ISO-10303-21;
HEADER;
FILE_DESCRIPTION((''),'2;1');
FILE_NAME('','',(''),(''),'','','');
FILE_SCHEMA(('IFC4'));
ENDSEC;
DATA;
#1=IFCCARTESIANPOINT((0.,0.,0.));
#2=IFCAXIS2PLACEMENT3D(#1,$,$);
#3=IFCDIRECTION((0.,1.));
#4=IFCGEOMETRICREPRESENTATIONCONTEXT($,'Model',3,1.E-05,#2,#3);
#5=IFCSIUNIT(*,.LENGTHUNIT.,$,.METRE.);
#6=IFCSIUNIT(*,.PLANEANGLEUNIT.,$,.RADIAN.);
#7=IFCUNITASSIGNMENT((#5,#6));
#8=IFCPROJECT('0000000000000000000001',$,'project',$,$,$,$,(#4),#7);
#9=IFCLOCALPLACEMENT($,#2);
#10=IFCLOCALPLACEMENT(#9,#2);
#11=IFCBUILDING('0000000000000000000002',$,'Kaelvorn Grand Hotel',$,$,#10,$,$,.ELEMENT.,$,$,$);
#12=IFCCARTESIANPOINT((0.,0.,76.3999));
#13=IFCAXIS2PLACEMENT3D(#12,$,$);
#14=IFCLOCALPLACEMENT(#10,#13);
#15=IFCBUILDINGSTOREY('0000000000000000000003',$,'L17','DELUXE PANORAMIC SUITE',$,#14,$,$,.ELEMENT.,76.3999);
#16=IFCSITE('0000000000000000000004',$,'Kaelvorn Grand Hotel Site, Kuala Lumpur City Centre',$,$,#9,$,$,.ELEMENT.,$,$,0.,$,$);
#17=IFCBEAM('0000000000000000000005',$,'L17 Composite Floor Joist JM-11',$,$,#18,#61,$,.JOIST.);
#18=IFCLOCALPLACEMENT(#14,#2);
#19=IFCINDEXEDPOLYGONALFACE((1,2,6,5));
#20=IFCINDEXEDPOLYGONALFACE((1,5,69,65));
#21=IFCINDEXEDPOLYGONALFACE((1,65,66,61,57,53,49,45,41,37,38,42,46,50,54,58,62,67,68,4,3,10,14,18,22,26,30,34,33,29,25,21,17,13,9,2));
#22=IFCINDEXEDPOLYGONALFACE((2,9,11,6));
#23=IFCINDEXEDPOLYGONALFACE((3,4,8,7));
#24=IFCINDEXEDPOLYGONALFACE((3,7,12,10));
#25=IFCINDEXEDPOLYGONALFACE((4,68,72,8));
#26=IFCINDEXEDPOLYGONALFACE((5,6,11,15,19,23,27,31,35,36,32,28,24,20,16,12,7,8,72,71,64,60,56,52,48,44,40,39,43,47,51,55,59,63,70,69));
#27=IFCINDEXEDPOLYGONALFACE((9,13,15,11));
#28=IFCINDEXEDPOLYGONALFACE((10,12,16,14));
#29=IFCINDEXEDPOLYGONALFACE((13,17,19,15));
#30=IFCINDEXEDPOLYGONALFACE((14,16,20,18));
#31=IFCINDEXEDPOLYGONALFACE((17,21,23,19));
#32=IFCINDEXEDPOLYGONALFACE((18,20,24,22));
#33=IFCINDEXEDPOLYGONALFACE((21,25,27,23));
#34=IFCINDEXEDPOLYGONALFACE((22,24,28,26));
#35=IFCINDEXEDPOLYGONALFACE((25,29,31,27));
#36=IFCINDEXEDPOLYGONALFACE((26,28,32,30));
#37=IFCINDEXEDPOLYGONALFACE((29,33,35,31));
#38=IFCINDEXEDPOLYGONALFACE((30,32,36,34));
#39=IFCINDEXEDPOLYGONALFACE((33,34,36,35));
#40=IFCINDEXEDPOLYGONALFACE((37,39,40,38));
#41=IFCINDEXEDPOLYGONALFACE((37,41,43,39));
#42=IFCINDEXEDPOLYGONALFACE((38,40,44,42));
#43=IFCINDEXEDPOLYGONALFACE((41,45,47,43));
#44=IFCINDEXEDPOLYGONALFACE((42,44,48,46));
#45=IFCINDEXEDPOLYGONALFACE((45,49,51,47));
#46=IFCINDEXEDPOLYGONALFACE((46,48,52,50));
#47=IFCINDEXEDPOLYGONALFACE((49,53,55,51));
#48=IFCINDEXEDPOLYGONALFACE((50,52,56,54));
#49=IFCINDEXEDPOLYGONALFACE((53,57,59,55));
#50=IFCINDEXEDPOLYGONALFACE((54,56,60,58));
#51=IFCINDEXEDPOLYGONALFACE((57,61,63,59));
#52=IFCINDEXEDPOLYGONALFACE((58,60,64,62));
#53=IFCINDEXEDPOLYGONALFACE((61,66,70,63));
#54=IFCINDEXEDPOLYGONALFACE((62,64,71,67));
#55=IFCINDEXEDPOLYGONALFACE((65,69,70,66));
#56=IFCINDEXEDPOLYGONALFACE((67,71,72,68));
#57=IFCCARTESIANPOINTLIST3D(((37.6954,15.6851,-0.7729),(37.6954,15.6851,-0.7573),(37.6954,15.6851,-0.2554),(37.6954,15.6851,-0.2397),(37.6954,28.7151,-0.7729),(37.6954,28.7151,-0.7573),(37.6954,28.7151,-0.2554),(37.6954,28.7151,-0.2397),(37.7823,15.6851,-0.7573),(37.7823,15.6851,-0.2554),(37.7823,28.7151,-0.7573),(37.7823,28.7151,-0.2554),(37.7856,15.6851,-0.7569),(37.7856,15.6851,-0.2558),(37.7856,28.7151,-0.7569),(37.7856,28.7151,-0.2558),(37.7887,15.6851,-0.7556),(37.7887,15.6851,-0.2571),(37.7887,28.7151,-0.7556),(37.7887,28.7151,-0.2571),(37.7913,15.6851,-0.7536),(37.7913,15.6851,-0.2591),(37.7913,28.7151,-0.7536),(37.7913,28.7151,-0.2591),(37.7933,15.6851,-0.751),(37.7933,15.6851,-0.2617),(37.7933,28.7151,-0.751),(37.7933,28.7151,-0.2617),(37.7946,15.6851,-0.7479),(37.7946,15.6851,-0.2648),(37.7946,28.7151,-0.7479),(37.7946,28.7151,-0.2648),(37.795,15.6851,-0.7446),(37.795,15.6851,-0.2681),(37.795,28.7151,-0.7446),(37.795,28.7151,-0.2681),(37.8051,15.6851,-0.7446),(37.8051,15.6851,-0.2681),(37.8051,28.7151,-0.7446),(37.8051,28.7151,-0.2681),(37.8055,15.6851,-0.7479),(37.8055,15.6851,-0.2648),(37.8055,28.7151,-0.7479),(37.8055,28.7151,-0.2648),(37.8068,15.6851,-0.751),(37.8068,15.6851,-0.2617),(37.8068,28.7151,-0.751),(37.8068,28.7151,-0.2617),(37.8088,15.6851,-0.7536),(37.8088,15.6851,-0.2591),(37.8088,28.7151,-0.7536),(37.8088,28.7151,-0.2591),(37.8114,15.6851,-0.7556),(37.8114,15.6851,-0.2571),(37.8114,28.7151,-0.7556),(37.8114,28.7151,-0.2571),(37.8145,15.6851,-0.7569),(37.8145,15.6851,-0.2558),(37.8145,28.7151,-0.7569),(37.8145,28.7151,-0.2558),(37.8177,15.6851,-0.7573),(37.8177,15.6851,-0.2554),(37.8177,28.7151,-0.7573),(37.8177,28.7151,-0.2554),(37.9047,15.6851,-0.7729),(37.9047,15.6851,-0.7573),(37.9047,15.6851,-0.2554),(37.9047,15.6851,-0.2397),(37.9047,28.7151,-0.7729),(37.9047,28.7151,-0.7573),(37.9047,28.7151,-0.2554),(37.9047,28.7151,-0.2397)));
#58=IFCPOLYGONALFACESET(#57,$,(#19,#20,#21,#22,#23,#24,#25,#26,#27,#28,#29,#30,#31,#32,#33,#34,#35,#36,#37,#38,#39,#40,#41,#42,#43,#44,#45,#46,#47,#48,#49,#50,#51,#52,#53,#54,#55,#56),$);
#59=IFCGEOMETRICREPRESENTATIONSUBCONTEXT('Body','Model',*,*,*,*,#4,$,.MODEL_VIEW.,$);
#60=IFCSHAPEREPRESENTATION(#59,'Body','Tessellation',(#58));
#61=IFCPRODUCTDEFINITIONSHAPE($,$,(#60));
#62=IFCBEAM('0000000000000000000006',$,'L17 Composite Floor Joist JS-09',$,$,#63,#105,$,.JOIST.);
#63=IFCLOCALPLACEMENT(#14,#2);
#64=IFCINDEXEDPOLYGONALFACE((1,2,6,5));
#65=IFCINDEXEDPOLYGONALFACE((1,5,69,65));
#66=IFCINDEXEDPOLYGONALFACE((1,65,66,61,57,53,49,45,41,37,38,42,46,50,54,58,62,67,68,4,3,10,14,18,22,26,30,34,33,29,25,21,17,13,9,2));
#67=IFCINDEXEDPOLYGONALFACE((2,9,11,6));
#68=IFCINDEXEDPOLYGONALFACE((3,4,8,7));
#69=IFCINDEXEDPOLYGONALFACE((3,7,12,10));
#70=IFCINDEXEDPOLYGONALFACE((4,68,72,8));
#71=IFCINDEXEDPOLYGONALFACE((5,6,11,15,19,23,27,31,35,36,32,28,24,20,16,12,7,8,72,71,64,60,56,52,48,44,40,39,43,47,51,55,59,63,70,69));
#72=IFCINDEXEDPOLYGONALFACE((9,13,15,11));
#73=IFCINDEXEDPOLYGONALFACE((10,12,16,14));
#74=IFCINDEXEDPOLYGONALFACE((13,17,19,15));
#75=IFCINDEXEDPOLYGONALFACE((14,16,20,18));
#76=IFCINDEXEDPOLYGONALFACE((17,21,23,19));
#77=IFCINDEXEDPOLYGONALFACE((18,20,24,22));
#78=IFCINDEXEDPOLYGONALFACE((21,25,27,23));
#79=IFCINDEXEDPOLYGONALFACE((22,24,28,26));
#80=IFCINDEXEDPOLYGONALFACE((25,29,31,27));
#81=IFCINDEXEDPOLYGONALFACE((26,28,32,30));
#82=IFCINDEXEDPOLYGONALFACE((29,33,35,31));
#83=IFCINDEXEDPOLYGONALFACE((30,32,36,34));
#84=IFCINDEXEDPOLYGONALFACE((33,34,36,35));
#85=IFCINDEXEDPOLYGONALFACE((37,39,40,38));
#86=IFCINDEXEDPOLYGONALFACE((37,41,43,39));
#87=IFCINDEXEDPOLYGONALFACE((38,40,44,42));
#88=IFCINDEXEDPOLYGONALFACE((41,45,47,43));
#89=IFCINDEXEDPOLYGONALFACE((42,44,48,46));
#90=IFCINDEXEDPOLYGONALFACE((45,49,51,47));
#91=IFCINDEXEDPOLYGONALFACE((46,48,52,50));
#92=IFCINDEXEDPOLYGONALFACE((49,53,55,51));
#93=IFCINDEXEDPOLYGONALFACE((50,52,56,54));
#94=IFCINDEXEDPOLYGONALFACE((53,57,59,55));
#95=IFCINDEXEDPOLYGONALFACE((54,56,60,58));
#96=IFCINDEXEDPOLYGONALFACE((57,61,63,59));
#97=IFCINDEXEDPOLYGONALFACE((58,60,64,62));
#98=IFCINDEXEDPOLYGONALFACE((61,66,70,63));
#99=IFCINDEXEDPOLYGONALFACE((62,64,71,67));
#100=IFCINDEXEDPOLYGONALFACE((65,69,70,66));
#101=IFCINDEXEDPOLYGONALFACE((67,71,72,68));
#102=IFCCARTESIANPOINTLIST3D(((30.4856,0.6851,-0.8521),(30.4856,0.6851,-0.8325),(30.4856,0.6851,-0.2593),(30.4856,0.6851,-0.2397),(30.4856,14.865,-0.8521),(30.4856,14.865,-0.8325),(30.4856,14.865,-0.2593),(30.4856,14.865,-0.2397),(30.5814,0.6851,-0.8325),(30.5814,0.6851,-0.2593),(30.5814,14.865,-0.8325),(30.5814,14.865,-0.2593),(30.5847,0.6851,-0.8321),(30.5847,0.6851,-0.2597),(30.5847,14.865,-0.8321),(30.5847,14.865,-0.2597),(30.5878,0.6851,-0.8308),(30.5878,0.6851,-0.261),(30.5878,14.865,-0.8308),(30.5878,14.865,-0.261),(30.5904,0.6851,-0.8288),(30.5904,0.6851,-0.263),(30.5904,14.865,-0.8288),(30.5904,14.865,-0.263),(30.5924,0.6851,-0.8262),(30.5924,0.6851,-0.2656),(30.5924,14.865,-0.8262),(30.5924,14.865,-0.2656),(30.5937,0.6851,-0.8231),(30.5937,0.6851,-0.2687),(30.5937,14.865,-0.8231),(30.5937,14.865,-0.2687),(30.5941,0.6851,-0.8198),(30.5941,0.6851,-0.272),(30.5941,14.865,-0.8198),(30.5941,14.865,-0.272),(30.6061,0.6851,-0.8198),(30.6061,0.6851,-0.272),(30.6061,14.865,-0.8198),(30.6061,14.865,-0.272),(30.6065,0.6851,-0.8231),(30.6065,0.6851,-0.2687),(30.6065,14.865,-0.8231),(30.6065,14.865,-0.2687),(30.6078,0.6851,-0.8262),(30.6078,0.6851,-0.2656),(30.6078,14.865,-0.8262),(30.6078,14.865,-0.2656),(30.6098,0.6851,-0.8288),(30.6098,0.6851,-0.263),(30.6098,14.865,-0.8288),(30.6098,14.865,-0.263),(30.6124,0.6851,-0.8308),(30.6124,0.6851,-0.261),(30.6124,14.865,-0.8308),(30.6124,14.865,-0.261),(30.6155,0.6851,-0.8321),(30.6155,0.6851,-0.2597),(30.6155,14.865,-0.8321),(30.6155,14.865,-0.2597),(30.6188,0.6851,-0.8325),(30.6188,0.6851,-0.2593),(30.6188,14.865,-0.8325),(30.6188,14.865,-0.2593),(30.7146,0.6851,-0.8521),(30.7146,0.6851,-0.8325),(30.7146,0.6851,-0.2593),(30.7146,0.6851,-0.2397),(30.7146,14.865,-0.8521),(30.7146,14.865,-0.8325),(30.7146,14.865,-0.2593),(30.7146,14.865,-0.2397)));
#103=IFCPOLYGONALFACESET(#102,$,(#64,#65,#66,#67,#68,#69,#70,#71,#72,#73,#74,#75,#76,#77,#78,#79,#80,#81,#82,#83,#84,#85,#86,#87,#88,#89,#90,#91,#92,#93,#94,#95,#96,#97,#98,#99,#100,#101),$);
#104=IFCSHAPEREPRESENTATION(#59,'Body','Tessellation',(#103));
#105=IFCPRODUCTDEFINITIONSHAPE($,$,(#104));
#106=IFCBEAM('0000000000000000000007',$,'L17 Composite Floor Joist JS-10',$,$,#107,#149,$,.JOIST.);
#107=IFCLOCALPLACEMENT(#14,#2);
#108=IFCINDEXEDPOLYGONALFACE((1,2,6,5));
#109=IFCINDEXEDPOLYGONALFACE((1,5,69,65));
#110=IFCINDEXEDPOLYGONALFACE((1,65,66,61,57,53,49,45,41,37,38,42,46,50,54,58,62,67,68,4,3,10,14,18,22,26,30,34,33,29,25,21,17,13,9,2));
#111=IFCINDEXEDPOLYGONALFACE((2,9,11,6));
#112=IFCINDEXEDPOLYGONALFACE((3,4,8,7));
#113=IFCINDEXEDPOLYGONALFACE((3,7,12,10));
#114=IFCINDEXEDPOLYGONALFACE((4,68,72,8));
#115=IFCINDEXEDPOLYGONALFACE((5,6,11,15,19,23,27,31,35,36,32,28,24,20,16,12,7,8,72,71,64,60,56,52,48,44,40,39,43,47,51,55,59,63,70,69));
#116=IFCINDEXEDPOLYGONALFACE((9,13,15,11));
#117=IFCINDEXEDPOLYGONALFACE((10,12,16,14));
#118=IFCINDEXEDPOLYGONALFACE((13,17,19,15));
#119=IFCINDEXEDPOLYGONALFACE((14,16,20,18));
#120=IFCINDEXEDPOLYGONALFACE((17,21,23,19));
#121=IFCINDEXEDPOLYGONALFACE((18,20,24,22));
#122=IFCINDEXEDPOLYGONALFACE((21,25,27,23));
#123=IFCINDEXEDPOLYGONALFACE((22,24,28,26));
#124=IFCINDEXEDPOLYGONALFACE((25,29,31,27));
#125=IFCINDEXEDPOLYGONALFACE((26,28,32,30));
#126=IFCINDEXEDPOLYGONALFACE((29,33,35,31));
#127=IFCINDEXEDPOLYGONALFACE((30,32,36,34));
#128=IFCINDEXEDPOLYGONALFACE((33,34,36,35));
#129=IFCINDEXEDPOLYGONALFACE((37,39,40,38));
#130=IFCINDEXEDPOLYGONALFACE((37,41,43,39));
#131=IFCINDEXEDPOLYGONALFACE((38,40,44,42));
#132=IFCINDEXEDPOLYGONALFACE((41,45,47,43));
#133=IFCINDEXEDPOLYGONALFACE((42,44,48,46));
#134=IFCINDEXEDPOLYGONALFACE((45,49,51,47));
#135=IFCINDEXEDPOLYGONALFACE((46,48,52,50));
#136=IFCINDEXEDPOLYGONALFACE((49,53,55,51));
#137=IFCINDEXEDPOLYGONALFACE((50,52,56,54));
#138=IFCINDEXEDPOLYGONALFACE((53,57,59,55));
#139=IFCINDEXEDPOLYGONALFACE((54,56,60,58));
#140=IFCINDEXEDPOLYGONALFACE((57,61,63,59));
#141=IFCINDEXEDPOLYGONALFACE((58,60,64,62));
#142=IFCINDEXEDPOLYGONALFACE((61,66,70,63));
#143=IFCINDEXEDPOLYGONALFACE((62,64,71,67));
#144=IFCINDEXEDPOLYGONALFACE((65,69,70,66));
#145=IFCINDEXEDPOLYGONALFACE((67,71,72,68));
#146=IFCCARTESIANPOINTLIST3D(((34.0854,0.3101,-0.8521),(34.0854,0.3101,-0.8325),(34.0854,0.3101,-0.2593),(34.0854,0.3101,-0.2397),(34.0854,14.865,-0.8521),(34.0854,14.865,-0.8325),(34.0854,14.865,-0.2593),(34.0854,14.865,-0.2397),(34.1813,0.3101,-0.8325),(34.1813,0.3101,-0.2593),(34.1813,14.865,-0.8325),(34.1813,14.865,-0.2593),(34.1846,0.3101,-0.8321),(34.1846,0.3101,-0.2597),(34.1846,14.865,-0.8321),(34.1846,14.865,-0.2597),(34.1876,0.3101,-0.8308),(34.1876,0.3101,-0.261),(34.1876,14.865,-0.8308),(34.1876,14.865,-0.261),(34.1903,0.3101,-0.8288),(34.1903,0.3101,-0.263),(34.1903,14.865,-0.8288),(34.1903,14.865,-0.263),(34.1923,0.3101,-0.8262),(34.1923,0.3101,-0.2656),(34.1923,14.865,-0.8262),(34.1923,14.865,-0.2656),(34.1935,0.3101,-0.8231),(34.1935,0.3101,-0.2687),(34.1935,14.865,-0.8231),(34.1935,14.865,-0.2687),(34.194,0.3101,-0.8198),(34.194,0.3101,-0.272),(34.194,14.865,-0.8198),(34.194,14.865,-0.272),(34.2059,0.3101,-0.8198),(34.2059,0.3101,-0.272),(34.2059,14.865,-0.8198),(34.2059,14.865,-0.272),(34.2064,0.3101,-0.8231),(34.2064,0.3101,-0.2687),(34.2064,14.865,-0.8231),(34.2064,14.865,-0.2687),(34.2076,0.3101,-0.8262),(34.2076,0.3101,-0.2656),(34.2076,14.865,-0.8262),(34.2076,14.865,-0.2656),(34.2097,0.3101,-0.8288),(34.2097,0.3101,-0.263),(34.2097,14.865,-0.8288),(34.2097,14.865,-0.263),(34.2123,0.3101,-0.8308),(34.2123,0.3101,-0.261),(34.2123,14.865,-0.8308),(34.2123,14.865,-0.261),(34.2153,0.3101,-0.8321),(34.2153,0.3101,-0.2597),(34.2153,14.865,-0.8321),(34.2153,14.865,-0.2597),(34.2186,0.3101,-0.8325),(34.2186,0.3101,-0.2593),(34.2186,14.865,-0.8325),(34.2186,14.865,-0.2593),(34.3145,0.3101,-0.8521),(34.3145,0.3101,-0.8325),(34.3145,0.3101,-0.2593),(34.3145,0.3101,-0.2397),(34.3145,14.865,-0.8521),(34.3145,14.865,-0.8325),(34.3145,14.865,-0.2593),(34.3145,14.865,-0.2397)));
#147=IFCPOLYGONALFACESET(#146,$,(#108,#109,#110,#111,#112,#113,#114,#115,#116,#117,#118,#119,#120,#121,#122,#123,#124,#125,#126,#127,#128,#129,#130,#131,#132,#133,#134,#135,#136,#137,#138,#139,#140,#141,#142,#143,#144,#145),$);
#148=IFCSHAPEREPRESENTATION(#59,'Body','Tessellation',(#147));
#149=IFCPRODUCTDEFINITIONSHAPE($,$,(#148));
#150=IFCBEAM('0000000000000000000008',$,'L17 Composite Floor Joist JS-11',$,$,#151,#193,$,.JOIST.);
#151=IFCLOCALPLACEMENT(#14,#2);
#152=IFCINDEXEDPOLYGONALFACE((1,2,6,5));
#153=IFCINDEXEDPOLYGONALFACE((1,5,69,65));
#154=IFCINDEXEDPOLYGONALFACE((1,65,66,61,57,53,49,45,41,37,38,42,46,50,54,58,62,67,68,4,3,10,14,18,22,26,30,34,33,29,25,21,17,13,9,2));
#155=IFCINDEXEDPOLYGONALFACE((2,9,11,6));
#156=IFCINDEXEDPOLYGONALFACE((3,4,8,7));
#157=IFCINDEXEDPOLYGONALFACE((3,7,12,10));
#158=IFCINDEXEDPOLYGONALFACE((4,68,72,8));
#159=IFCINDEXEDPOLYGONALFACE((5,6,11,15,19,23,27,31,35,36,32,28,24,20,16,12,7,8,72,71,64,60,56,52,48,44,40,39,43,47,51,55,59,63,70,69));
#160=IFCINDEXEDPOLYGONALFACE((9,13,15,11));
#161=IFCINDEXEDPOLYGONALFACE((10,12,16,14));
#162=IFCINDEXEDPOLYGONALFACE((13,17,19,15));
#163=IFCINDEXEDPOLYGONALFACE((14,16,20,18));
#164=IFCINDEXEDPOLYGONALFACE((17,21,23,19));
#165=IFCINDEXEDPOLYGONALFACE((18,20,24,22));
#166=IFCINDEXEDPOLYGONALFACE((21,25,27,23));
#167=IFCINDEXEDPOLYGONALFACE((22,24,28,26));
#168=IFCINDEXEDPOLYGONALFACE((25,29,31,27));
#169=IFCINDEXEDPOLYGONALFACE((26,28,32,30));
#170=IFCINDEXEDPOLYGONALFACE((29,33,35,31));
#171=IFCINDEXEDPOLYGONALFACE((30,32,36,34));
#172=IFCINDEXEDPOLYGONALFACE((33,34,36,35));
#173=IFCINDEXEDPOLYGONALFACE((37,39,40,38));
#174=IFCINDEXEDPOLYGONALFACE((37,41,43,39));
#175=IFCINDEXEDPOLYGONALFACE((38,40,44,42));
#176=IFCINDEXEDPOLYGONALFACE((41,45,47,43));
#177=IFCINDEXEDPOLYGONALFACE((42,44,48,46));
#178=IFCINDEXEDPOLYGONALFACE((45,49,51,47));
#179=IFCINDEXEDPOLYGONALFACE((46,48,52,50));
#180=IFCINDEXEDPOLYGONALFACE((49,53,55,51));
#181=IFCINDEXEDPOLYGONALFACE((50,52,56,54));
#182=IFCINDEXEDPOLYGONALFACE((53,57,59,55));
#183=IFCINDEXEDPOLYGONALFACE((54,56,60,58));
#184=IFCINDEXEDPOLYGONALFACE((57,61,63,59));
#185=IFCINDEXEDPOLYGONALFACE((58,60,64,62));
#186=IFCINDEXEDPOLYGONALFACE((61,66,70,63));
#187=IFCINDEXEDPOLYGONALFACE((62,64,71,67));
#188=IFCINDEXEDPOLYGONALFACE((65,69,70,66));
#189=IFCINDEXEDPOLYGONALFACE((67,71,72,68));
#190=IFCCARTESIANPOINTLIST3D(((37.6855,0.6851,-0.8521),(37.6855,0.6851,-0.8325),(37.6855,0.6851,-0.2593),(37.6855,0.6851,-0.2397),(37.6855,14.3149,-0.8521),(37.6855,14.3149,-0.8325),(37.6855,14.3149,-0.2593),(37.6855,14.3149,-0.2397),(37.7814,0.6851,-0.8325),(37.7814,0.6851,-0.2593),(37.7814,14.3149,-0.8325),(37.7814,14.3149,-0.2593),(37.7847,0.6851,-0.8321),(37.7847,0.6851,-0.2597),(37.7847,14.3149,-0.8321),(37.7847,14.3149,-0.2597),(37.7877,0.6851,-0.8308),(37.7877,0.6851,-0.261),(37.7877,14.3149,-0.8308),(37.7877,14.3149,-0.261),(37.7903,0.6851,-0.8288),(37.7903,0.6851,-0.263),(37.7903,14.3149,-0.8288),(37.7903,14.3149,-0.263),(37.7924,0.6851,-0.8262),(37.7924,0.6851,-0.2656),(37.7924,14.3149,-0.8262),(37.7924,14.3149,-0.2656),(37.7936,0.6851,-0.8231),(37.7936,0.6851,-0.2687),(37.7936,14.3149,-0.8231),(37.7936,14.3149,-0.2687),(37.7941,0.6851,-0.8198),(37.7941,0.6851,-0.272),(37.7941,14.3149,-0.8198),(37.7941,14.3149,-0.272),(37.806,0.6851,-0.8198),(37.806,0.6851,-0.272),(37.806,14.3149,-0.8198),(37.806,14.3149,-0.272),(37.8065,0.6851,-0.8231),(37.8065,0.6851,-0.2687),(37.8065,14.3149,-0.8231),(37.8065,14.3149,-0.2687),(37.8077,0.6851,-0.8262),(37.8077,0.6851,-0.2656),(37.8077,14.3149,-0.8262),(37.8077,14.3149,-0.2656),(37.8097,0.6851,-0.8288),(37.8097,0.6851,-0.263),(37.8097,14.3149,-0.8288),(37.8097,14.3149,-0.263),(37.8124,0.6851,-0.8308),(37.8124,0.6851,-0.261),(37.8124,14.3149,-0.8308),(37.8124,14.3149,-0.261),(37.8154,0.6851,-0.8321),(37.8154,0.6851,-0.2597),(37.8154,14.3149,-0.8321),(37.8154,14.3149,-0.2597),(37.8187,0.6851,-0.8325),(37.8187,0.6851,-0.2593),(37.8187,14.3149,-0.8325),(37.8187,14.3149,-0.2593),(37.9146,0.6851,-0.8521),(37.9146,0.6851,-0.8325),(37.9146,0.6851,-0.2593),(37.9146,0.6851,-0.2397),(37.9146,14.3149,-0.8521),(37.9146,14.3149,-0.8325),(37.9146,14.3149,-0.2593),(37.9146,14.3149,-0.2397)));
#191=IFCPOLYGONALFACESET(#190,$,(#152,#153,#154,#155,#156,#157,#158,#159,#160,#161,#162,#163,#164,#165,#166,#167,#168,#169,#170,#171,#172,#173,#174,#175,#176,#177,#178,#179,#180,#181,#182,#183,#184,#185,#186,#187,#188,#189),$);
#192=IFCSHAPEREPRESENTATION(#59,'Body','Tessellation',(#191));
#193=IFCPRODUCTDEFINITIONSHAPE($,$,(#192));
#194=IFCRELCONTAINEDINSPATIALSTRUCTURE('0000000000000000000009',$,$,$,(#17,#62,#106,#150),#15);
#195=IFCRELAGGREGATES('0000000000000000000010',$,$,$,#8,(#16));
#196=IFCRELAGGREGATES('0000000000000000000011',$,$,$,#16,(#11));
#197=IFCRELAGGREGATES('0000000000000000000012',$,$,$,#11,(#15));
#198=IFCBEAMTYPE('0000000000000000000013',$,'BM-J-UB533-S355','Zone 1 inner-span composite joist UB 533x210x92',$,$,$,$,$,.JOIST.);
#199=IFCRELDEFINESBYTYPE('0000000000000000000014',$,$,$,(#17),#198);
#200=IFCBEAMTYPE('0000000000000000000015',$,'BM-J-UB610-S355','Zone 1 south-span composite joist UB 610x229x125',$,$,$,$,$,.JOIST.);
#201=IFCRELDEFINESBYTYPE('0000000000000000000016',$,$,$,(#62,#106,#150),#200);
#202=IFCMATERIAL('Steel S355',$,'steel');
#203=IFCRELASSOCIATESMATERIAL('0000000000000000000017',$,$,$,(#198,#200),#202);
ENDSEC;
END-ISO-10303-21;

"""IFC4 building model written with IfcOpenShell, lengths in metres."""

from ifc_helpers import new_model, si_unit, direction, frame, origin, origin_2d, place, context, subcontext, project, spatial, i_section, extrude, material, material_profile, profile_set, type_object, element, save


model = new_model("IFC4")

# Units and contexts
model_context = context("Model", 3, precision=1e-05, world=origin(), true_north=direction((0.0, 1.0)))
body_context = subcontext(model_context, "Body", "Model", "MODEL_VIEW")
ifc_project = project(units=[si_unit("LENGTHUNIT", "METRE"), si_unit("PLANEANGLEUNIT", "RADIAN")], contexts=[model_context])

# Site, building, storey
site_placement = place(None, origin())
site = spatial("IfcSite", under=ifc_project, at=site_placement, Name="Kaelvorn Grand Hotel Site, Kuala Lumpur City Centre", CompositionType="ELEMENT", RefElevation=0.0)
building_placement = place(site_placement, origin())
building = spatial("IfcBuilding", under=site, at=building_placement, Name="Kaelvorn Grand Hotel", CompositionType="ELEMENT")
storey_placement = place(building_placement, frame((0.0, 0.0, 76.3999)))
storey = spatial("IfcBuildingStorey", under=building, at=storey_placement, Name="L17", Description="DELUXE PANORAMIC SUITE", CompositionType="ELEMENT", Elevation=76.3999)

# Beams
ifc_material_1 = material(Name="Steel S355", Category="steel")
ifc_material_profile_1 = material_profile(ifc_material_1, i_section(OverallWidth=0.2092, OverallDepth=0.5332, WebThickness=0.01, FlangeThickness=0.0156, FilletRadius=0.0127, at=origin_2d()), Name="UB 533x210x92")
ifc_profile_set_1 = profile_set([ifc_material_profile_1], Name="Steel S355")
beam_type_1 = type_object("IfcBeamType", Name="BM-J-UB533-S355", Description="Zone 1 inner-span composite joist UB 533x210x92", PredefinedType="JOIST", material=ifc_profile_set_1)
beam_1_placement = place(storey_placement, frame((37.8, 15.6851, -0.5063), z_axis=(0.0, 1.0, 0.0), x_axis=(-1.0, 0.0, 0.0)))
element("IfcBeam", 1, at=beam_1_placement, inside=storey, type_object=beam_type_1, Name="L17 Composite Floor Joist JM-11", PredefinedType="JOIST", context=body_context, shape_type="SweptSolid", body=[
    extrude(i_section(OverallWidth=0.2092, OverallDepth=0.5332, WebThickness=0.01, FlangeThickness=0.0156, FilletRadius=0.0127, at=origin_2d()), origin(), (0.0, 0.0, 1.0), 13.03),
])
ifc_material_profile_2 = material_profile(ifc_material_1, i_section(OverallWidth=0.229, OverallDepth=0.6123, WebThickness=0.012, FlangeThickness=0.0195, FilletRadius=0.0127, at=origin_2d()), Name="UB 610x229x125")
ifc_profile_set_2 = profile_set([ifc_material_profile_2], Name="Steel S355")
beam_type_2 = type_object("IfcBeamType", Name="BM-J-UB610-S355", Description="Zone 1 south-span composite joist UB 610x229x125", PredefinedType="JOIST", material=ifc_profile_set_2)
beam_2_placement = place(storey_placement, frame((30.6001, 0.6851, -0.5459), z_axis=(0.0, 1.0, 0.0), x_axis=(-1.0, 0.0, 0.0)))
element("IfcBeam", 2, at=beam_2_placement, inside=storey, type_object=beam_type_2, Name="L17 Composite Floor Joist JS-09", PredefinedType="JOIST", context=body_context, shape_type="SweptSolid", body=[
    extrude(i_section(OverallWidth=0.229, OverallDepth=0.6123, WebThickness=0.012, FlangeThickness=0.0195, FilletRadius=0.0127, at=origin_2d()), origin(), (0.0, 0.0, 1.0), 14.1799),
])
beam_3_placement = place(storey_placement, frame((34.2, 0.3101, -0.5459), z_axis=(0.0, 1.0, 0.0), x_axis=(-1.0, 0.0, 0.0)))
element("IfcBeam", 3, at=beam_3_placement, inside=storey, type_object=beam_type_2, Name="L17 Composite Floor Joist JS-10", PredefinedType="JOIST", context=body_context, shape_type="SweptSolid", body=[
    extrude(i_section(OverallWidth=0.229, OverallDepth=0.6123, WebThickness=0.012, FlangeThickness=0.0195, FilletRadius=0.0127, at=origin_2d()), origin(), (0.0, 0.0, 1.0), 14.5549),
])
beam_4_placement = place(storey_placement, frame((37.8, 0.6851, -0.5459), z_axis=(0.0, 1.0, 0.0), x_axis=(-1.0, 0.0, 0.0)))
element("IfcBeam", 4, at=beam_4_placement, inside=storey, type_object=beam_type_2, Name="L17 Composite Floor Joist JS-11", PredefinedType="JOIST", context=body_context, shape_type="SweptSolid", body=[
    extrude(i_section(OverallWidth=0.229, OverallDepth=0.6123, WebThickness=0.012, FlangeThickness=0.0195, FilletRadius=0.0127, at=origin_2d()), origin(), (0.0, 0.0, 1.0), 13.6299),
])

save(model, "model.ifc")
